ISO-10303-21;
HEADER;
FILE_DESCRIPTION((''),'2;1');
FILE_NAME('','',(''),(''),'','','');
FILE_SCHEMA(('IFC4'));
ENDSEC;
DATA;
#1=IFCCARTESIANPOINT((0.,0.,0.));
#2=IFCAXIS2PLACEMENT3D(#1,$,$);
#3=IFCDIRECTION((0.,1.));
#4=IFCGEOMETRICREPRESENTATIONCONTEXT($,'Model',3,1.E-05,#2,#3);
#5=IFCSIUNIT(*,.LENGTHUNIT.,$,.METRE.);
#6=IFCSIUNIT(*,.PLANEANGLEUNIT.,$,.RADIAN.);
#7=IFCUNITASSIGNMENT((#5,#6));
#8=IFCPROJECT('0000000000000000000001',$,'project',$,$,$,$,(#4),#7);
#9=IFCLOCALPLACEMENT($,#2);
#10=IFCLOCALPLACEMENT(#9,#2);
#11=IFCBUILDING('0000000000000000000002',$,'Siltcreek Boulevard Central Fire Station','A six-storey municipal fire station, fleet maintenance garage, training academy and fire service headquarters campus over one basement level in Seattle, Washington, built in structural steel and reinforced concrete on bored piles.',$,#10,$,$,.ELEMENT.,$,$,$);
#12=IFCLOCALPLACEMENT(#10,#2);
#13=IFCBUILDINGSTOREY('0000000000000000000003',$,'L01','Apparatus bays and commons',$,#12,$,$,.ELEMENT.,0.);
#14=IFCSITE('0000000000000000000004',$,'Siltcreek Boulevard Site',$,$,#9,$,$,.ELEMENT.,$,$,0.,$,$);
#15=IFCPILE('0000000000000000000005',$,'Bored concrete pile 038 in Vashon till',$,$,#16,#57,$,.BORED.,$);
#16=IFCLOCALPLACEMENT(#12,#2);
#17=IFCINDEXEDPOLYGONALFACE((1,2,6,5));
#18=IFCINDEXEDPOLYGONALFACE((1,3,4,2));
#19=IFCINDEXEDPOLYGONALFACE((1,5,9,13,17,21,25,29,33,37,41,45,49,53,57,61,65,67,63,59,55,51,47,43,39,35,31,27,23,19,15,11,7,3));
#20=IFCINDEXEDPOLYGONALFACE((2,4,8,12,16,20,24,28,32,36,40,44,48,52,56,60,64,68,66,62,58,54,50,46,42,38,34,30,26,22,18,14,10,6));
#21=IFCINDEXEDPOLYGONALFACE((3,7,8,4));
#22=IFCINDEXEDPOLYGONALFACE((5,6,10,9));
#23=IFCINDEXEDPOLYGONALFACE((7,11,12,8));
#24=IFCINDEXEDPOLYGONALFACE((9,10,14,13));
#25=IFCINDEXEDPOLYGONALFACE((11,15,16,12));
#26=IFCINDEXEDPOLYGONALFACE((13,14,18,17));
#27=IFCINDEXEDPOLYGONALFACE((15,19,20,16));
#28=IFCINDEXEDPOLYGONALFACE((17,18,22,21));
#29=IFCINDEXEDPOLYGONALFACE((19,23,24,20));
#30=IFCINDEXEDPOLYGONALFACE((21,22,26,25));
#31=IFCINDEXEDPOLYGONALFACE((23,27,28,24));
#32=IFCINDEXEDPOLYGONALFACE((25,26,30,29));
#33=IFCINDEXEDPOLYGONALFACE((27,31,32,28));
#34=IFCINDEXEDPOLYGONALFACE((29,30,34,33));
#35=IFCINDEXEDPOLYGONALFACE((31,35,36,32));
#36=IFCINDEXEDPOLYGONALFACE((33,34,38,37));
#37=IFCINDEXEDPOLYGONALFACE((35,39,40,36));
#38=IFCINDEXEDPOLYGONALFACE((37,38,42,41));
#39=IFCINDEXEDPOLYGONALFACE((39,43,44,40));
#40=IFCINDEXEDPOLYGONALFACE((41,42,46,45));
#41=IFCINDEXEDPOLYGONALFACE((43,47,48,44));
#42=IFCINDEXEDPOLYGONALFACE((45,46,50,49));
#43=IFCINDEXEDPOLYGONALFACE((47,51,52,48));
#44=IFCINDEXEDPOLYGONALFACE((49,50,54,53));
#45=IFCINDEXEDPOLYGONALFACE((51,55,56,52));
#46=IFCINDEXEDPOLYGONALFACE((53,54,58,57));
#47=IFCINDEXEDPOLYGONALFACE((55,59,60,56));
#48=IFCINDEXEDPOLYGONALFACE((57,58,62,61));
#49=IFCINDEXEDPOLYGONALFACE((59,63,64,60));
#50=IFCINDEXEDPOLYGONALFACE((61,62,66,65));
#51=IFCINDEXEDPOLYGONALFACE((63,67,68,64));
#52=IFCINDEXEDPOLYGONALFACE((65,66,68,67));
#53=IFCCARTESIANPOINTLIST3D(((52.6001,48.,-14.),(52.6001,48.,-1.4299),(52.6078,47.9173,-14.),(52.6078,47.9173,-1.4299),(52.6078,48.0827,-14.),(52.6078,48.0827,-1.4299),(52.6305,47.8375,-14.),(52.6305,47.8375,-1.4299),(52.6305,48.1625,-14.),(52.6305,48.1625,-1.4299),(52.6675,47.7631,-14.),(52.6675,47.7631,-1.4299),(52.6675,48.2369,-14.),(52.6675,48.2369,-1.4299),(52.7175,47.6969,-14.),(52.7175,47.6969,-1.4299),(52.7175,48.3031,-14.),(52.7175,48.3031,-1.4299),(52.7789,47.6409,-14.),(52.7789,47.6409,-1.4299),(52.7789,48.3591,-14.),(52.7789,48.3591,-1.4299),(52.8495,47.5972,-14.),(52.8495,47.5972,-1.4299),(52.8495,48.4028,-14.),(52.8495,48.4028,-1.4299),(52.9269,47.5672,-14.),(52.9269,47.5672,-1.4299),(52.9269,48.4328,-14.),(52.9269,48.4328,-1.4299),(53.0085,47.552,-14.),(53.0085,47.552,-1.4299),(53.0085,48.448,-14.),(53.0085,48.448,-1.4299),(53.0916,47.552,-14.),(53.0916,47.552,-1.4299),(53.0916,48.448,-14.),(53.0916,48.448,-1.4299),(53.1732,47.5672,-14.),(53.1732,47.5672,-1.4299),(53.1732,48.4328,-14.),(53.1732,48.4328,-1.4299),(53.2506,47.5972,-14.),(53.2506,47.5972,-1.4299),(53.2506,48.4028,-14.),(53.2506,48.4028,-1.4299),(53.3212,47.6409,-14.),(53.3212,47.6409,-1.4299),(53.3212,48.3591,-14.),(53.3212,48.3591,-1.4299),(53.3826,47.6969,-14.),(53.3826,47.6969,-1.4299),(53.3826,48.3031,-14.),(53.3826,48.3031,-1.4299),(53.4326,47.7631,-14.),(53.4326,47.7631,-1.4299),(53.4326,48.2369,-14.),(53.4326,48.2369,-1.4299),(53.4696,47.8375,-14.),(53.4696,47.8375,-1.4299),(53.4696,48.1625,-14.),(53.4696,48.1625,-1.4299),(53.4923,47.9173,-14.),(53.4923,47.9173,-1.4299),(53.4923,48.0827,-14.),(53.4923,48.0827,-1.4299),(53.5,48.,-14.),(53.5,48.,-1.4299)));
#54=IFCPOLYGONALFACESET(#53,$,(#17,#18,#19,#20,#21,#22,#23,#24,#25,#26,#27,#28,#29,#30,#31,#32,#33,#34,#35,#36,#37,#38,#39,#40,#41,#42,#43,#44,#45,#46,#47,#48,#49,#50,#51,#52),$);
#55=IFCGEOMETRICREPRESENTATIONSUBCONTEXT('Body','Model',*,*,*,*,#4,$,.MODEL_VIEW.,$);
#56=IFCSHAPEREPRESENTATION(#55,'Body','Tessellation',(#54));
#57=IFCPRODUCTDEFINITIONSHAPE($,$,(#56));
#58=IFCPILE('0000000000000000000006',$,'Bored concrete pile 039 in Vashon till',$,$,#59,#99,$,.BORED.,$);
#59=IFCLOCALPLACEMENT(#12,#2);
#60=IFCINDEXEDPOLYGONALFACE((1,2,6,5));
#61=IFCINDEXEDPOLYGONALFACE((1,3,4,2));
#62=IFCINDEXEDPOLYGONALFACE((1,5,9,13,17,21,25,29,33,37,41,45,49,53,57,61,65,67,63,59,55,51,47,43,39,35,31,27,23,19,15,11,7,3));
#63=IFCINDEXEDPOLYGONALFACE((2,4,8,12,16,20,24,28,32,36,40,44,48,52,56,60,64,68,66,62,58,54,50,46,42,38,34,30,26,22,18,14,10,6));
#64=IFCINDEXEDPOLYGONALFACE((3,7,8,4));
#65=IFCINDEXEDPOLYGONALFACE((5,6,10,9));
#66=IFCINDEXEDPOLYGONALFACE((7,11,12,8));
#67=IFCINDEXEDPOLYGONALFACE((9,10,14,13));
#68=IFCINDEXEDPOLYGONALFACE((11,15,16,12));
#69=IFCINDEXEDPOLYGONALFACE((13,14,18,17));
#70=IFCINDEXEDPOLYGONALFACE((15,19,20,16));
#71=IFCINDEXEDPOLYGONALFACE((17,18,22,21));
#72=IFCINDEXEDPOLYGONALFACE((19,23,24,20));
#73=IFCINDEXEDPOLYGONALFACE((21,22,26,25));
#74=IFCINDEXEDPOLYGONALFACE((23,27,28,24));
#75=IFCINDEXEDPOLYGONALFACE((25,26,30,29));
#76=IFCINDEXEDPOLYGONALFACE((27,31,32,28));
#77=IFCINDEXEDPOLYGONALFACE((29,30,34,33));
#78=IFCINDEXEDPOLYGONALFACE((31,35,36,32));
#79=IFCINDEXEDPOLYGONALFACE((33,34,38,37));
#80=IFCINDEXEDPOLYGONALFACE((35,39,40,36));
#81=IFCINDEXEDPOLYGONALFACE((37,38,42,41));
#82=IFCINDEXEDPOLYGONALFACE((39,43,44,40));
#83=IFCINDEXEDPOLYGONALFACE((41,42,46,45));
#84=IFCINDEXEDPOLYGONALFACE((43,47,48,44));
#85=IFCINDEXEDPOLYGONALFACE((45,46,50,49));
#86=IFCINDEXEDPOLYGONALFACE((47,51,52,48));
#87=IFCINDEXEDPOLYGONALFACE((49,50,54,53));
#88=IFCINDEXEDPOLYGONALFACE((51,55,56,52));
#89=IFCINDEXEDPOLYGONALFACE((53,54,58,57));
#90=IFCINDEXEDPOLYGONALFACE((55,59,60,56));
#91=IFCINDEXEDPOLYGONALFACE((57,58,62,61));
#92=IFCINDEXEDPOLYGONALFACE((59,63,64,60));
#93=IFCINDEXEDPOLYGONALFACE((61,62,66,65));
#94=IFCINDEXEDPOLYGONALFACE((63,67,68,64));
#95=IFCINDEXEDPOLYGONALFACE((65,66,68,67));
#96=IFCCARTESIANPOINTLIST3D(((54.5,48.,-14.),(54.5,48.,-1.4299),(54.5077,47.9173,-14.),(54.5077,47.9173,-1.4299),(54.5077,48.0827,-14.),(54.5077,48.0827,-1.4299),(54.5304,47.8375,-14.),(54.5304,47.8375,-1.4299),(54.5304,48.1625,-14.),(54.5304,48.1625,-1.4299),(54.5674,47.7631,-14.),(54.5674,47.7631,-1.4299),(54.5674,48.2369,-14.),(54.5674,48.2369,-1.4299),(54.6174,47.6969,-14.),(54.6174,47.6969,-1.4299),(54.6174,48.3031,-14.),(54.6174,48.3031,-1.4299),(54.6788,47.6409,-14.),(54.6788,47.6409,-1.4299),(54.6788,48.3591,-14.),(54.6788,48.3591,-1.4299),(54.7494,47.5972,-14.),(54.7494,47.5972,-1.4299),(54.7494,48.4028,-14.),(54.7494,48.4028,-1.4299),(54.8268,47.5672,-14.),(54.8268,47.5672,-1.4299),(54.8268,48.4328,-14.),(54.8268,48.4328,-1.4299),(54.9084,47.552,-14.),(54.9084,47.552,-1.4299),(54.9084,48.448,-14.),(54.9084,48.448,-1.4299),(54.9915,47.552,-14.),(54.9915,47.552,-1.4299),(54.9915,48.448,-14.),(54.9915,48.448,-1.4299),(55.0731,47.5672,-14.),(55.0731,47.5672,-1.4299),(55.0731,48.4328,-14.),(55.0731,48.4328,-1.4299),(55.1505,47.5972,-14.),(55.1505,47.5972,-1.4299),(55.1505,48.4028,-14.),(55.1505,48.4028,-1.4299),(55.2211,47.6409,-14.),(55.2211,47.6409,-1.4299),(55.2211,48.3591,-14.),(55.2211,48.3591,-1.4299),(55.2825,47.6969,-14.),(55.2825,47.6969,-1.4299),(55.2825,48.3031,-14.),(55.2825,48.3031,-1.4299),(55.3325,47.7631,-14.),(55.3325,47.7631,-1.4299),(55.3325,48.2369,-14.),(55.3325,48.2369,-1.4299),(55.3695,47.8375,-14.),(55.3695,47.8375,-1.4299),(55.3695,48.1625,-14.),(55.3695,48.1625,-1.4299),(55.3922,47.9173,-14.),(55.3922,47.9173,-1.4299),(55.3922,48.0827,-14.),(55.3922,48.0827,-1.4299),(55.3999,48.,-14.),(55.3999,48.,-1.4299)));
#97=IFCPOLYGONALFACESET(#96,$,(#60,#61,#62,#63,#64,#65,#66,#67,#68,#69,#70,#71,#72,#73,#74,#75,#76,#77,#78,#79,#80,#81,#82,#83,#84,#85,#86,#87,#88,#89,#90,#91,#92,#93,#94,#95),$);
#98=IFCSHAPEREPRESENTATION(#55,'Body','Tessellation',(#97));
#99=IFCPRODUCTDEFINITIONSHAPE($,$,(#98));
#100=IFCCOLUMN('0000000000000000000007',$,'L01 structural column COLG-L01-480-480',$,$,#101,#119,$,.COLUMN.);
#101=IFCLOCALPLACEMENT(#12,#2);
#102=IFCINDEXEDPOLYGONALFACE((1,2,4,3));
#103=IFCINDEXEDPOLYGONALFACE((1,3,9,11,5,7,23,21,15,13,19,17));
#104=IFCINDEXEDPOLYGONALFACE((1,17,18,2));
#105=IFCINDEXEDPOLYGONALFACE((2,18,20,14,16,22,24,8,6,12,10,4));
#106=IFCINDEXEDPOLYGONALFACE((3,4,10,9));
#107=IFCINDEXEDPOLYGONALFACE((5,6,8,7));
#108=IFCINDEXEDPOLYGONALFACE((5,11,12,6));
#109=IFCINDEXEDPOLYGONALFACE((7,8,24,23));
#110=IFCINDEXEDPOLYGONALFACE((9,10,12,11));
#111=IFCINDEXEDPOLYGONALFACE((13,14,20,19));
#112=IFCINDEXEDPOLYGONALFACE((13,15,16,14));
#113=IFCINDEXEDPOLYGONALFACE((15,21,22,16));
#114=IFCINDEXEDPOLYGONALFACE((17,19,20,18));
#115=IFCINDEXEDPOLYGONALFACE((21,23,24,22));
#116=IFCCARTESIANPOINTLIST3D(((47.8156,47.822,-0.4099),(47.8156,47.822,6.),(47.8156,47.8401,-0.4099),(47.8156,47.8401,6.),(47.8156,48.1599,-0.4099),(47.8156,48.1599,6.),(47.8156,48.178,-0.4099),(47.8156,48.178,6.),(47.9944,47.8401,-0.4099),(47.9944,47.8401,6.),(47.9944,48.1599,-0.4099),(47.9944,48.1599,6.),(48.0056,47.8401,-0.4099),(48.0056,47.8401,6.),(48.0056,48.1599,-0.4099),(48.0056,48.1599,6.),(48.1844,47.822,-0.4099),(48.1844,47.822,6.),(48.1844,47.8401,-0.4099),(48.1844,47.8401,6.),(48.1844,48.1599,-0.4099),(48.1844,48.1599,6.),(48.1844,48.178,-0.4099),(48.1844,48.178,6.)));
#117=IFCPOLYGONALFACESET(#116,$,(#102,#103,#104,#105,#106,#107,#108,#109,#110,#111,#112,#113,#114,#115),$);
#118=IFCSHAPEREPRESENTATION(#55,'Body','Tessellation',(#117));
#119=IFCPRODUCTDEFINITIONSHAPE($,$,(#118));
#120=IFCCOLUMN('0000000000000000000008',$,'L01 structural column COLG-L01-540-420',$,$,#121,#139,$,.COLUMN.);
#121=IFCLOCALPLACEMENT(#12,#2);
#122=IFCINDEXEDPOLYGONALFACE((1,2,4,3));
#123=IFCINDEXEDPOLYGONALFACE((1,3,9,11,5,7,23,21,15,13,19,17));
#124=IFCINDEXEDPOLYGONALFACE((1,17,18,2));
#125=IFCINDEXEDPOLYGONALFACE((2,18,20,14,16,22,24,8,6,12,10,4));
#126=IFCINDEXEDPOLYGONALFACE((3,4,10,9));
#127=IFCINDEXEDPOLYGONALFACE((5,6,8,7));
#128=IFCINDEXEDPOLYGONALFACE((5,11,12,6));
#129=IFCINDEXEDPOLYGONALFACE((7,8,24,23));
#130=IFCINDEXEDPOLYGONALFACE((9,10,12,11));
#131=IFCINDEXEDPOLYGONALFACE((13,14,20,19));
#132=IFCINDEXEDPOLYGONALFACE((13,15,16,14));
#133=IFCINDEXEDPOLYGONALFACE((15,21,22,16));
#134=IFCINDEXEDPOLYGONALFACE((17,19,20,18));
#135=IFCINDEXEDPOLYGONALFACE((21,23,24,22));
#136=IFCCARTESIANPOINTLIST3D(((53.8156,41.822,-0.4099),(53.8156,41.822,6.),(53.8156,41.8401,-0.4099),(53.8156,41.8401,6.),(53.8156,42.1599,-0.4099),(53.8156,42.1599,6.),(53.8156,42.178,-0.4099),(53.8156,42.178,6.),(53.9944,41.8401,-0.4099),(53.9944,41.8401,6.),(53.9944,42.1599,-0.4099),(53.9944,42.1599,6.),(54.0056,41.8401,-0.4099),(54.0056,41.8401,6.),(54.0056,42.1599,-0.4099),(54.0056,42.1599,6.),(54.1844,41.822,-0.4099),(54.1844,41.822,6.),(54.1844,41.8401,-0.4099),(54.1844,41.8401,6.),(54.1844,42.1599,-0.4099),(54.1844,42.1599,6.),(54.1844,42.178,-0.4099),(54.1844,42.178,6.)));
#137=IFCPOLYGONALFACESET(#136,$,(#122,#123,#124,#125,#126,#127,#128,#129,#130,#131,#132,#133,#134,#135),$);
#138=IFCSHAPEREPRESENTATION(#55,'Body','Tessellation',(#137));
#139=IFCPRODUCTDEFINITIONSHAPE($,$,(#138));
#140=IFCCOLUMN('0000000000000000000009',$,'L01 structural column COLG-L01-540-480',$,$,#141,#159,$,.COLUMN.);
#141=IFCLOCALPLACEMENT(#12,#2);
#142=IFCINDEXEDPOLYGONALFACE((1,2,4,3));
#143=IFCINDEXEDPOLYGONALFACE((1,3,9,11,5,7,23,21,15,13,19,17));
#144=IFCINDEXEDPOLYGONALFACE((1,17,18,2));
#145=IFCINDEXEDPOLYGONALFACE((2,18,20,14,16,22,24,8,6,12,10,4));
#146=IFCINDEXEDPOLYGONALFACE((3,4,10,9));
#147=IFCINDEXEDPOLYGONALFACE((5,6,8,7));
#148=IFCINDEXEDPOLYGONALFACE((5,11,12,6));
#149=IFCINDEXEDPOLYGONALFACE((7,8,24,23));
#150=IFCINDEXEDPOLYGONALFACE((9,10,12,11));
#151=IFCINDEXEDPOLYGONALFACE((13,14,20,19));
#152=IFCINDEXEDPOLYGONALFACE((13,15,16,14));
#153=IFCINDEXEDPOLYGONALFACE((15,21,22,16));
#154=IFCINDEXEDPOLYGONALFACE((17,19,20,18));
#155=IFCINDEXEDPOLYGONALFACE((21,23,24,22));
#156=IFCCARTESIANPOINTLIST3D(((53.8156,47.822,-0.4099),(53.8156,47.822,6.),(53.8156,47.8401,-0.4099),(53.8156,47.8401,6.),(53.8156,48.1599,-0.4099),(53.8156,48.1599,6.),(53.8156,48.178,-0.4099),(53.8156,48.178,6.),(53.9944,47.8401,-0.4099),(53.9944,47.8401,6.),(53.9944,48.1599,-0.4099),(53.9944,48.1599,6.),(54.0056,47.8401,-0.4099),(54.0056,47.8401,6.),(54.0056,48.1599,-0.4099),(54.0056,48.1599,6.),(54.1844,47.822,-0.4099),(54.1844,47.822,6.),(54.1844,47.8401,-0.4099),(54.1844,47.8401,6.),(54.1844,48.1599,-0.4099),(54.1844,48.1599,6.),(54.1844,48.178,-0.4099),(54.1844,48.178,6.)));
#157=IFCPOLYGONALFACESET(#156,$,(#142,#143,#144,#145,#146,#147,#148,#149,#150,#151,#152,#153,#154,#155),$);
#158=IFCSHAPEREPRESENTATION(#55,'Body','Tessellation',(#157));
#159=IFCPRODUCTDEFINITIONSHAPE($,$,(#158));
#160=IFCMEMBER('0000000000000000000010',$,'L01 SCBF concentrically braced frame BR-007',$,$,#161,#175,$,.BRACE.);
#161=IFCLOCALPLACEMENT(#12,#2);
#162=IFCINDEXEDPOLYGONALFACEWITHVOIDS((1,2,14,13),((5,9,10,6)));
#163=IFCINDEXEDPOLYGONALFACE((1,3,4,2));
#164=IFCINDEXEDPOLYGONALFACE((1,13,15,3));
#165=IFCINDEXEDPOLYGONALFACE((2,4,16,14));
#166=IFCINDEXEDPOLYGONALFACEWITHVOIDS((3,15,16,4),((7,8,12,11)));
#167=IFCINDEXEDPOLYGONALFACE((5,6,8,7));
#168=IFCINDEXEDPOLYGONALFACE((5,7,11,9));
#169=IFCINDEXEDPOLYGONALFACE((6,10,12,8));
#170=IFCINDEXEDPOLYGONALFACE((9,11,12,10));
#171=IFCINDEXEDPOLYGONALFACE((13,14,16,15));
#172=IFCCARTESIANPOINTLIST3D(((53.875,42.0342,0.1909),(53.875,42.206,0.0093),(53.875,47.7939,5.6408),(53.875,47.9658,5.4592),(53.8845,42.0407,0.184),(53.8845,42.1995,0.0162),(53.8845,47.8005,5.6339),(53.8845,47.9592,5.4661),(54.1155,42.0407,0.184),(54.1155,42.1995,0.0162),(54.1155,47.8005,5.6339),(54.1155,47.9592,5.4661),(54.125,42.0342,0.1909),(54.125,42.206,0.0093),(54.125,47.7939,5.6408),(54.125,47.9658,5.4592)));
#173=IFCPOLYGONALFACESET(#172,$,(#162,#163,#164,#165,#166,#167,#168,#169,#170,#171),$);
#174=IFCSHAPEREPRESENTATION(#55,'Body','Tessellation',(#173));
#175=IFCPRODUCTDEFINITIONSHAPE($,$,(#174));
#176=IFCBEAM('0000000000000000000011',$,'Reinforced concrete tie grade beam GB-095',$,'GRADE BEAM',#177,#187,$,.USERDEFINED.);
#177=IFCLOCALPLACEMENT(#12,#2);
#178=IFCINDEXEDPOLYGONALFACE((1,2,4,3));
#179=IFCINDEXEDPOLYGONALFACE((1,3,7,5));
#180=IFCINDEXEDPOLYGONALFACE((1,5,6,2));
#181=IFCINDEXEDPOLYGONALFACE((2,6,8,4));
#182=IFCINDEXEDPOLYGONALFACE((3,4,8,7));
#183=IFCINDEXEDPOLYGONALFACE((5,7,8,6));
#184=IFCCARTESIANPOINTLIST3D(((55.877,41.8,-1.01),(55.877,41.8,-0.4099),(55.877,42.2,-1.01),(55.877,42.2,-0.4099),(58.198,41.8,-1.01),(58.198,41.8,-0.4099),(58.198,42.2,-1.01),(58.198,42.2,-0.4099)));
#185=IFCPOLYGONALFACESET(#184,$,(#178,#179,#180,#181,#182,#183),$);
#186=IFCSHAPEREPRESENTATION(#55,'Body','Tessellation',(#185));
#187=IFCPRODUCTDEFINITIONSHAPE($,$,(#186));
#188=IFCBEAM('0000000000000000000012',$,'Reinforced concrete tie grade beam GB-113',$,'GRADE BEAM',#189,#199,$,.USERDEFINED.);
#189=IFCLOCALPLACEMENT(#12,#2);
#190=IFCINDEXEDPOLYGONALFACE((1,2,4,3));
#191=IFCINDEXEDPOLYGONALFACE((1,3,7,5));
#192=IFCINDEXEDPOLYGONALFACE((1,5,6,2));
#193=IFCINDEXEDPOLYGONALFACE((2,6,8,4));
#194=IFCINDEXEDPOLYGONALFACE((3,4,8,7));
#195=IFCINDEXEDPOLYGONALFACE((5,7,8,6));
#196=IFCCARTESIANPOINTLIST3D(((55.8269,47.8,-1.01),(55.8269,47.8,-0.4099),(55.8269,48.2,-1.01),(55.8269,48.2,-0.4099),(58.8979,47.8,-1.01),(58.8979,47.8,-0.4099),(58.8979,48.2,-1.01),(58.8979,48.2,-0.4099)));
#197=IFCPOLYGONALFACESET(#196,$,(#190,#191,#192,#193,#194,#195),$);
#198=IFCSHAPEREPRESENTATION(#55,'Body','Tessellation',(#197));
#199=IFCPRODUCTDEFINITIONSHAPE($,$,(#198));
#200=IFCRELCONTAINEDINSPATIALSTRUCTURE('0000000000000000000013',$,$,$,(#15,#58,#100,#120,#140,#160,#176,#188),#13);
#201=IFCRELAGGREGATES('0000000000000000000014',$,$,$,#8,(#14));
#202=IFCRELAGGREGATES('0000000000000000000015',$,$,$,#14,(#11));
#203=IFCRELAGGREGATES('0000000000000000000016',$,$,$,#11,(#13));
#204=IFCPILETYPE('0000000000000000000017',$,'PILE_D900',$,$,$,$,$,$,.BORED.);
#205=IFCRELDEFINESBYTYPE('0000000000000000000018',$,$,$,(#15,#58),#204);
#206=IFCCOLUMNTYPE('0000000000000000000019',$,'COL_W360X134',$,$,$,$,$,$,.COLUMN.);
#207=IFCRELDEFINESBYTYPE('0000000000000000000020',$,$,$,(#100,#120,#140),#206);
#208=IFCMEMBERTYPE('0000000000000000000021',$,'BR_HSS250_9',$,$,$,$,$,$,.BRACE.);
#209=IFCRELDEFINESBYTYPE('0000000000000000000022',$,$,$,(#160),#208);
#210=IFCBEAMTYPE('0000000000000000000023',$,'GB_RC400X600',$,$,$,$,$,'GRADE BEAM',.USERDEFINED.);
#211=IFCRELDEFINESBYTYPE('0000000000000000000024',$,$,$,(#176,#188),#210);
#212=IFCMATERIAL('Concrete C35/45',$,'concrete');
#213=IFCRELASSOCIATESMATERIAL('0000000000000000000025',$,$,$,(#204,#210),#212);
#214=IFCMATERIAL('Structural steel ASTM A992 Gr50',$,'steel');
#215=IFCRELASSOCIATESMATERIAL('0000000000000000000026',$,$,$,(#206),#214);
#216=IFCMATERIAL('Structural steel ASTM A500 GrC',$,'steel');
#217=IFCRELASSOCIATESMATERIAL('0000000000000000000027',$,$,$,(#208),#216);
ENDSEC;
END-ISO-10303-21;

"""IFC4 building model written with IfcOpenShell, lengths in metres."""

from ifc_helpers import new_model, si_unit, direction, frame, origin, origin_2d, place, context, subcontext, project, spatial, rectangle, hollow_rectangle, circle, i_section, extrude, material, material_profile, profile_set, type_object, element, save


model = new_model("IFC4")

# Units and contexts
model_context = context("Model", 3, precision=1e-05, world=origin(), true_north=direction((0.0, 1.0)))
body_context = subcontext(model_context, "Body", "Model", "MODEL_VIEW")
ifc_project = project(units=[si_unit("LENGTHUNIT", "METRE"), si_unit("PLANEANGLEUNIT", "RADIAN")], contexts=[model_context])

# Site, building, storey
site_placement = place(None, origin())
site = spatial("IfcSite", under=ifc_project, at=site_placement, Name="Siltcreek Boulevard Site", CompositionType="ELEMENT", RefElevation=0.0)
building_placement = place(site_placement, origin())
building = spatial("IfcBuilding", under=site, at=building_placement, Name="Siltcreek Boulevard Central Fire Station", Description="A six-storey municipal fire station, fleet maintenance garage, training academy and fire service headquarters campus over one basement level in Seattle, Washington, built in structural steel and reinforced concrete on bored piles.", CompositionType="ELEMENT")
storey_placement = place(building_placement, origin())
storey = spatial("IfcBuildingStorey", under=building, at=storey_placement, Name="L01", Description="Apparatus bays and commons", CompositionType="ELEMENT", Elevation=0.0)

# Shared definitions
ifc_material_1 = material(Name="Concrete C35/45", Category="concrete")

# Piles
ifc_material_profile_1 = material_profile(ifc_material_1, circle(Radius=0.45, at=origin_2d()), Name="SHAFT900")
ifc_profile_set_1 = profile_set([ifc_material_profile_1], Name="Concrete C35/45")
pile_type_1 = type_object("IfcPileType", Name="PILE_D900", PredefinedType="BORED", material=ifc_profile_set_1)
for number, where, z_axis, x_axis, name in (
    (1, (53.05, 48.0, -1.4299), (0.0, 0.0, -1.0), (1.0, 0.0, 0.0), "Bored concrete pile 038 in Vashon till"),
    (2, (54.95, 48.0, -1.4299), (0.0, 0.0, -1.0), (1.0, 0.0, 0.0), "Bored concrete pile 039 in Vashon till"),
):
    element("IfcPile", number, at=place(storey_placement, frame(where, z_axis=z_axis, x_axis=x_axis)), inside=storey, type_object=pile_type_1, Name=name, PredefinedType="BORED", context=body_context, shape_type="SweptSolid", body=[
        extrude(circle(Radius=0.45, at=origin_2d()), origin(), (0.0, 0.0, 1.0), 12.5701),
    ])

# Columns
ifc_material_2 = material(Name="Structural steel ASTM A992 Gr50", Category="steel")
ifc_material_profile_2 = material_profile(ifc_material_2, i_section(OverallWidth=0.3689, OverallDepth=0.356, WebThickness=0.0112, FlangeThickness=0.0181, at=origin_2d()), Name="W360X134")
ifc_profile_set_2 = profile_set([ifc_material_profile_2], Name="Structural steel ASTM A992 Gr50")
column_type = type_object("IfcColumnType", Name="COL_W360X134", PredefinedType="COLUMN", material=ifc_profile_set_2)
for number, where, z_axis, x_axis, name in (
    (3, (48.0, 48.0, -0.4099), (0.0, 0.0, 1.0), (1.0, 0.0, 0.0), "L01 structural column COLG-L01-480-480"),
    (4, (54.0, 42.0, -0.4099), (0.0, 0.0, 1.0), (1.0, 0.0, 0.0), "L01 structural column COLG-L01-540-420"),
    (5, (54.0, 48.0, -0.4099), (0.0, 0.0, 1.0), (1.0, 0.0, 0.0), "L01 structural column COLG-L01-540-480"),
):
    element("IfcColumn", number, at=place(storey_placement, frame(where, z_axis=z_axis, x_axis=x_axis)), inside=storey, type_object=column_type, Name=name, PredefinedType="COLUMN", context=body_context, shape_type="SweptSolid", body=[
        extrude(i_section(OverallWidth=0.3689, OverallDepth=0.356, WebThickness=0.0112, FlangeThickness=0.0181, at=origin_2d()), origin(), (0.0, 0.0, 1.0), 6.4099),
    ])

# Member
ifc_material_3 = material(Name="Structural steel ASTM A500 GrC", Category="steel")
ifc_material_profile_3 = material_profile(ifc_material_3, hollow_rectangle(XDim=0.25, YDim=0.25, WallThickness=0.0095, at=origin_2d()), Name="HSS250X250X9.5")
ifc_profile_set_3 = profile_set([ifc_material_profile_3], Name="Structural steel ASTM A500 GrC")
member_type = type_object("IfcMemberType", Name="BR_HSS250_9", PredefinedType="BRACE", material=ifc_profile_set_3)
member_placement = place(storey_placement, frame((54.0, 42.1201, 0.1001), z_axis=(0.0, 0.726372, 0.687301), x_axis=(-1.0, 0.0, 0.0)))
element("IfcMember", 6, at=member_placement, inside=storey, type_object=member_type, Name="L01 SCBF concentrically braced frame BR-007", PredefinedType="BRACE", context=body_context, shape_type="SweptSolid", body=[
    extrude(hollow_rectangle(XDim=0.25, YDim=0.25, WallThickness=0.0095, at=origin_2d()), origin(), (0.0, 0.0, 1.0), 7.9294),
])

# Beams
ifc_material_profile_4 = material_profile(ifc_material_1, rectangle(XDim=0.3999, YDim=0.6001, at=origin_2d()), Name="RC400X600")
ifc_profile_set_4 = profile_set([ifc_material_profile_4], Name="Concrete C35/45")
beam_type_1 = type_object("IfcBeamType", Name="GB_RC400X600", ElementType="GRADE BEAM", PredefinedType="USERDEFINED", material=ifc_profile_set_4)
beam_1_placement = place(storey_placement, frame((55.877, 42.0, -0.71), z_axis=(1.0, 0.0, 0.0), x_axis=(0.0, 1.0, 0.0)))
element("IfcBeam", 7, at=beam_1_placement, inside=storey, type_object=beam_type_1, Name="Reinforced concrete tie grade beam GB-095", ObjectType="GRADE BEAM", PredefinedType="USERDEFINED", context=body_context, shape_type="SweptSolid", body=[
    extrude(rectangle(XDim=0.3999, YDim=0.6001, at=origin_2d()), origin(), (0.0, 0.0, 1.0), 2.321),
])
beam_2_placement = place(storey_placement, frame((55.8269, 48.0, -0.71), z_axis=(1.0, 0.0, 0.0), x_axis=(0.0, 1.0, 0.0)))
element("IfcBeam", 8, at=beam_2_placement, inside=storey, type_object=beam_type_1, Name="Reinforced concrete tie grade beam GB-113", ObjectType="GRADE BEAM", PredefinedType="USERDEFINED", context=body_context, shape_type="SweptSolid", body=[
    extrude(rectangle(XDim=0.3999, YDim=0.6001, at=origin_2d()), origin(), (0.0, 0.0, 1.0), 3.071),
])

save(model, "model.ifc")
